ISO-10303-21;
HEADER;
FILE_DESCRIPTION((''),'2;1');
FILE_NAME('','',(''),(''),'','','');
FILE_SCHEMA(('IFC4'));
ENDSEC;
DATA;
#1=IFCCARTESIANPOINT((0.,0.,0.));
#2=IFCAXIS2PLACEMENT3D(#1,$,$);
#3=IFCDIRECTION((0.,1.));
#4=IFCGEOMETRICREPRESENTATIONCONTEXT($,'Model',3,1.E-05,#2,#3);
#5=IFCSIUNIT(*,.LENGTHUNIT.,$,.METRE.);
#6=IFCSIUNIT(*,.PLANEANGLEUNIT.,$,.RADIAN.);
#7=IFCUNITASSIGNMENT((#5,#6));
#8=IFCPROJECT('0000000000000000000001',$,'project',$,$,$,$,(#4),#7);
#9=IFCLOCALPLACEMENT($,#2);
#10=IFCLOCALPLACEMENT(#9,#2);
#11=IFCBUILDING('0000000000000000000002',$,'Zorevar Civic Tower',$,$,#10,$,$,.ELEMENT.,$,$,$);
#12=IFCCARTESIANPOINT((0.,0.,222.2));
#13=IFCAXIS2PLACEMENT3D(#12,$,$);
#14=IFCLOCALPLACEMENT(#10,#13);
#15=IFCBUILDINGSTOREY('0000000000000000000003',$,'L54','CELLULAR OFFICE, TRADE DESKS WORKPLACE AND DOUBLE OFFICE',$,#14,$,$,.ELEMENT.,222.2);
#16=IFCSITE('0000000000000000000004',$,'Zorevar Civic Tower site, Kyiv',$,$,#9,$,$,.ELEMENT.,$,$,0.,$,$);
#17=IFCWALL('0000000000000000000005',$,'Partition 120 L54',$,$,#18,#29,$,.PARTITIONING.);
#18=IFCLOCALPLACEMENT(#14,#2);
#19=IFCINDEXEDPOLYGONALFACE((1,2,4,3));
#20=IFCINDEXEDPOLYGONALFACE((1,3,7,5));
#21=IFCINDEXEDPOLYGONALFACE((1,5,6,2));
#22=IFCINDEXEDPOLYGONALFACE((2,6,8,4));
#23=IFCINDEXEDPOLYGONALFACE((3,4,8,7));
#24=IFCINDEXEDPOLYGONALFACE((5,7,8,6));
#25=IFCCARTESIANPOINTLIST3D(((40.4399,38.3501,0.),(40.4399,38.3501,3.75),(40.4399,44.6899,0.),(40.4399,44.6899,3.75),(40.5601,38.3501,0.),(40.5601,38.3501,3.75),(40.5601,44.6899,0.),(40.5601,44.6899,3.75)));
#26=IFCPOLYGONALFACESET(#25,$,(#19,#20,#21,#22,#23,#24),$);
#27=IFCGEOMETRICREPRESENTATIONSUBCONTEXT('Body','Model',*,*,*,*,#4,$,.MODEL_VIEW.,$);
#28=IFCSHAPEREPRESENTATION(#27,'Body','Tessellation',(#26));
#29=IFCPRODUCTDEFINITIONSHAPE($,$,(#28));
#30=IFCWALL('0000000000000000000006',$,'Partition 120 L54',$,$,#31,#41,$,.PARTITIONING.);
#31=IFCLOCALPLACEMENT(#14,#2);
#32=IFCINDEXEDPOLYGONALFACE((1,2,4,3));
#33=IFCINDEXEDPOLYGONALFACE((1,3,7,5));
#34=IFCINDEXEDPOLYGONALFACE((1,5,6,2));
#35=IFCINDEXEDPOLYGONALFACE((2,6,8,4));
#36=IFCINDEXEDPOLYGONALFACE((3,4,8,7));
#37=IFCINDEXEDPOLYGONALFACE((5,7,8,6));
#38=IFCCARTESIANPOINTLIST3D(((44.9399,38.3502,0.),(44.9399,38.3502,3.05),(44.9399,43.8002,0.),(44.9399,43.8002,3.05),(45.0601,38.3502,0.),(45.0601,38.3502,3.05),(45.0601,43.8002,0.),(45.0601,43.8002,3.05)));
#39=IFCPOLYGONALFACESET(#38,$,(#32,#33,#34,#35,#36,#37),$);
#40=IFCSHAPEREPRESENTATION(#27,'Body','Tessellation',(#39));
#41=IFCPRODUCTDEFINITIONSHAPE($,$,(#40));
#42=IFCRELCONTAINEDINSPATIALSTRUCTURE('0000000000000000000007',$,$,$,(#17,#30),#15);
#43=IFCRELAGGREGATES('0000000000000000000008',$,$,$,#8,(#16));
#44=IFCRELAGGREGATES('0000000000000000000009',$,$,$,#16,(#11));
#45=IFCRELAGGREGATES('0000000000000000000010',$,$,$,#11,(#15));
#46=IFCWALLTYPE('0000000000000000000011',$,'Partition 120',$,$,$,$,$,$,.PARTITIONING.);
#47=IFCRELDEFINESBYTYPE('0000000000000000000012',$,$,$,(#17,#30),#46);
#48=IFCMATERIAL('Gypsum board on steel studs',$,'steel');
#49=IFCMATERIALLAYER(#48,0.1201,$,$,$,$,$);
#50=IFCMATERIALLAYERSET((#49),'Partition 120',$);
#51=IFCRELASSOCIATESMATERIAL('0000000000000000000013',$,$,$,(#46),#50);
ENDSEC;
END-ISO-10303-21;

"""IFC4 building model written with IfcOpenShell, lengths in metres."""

from ifc_helpers import new_model, si_unit, direction, frame, frame_2d, origin, place, context, subcontext, project, spatial, rectangle, extrude, material, layer, layer_set, type_object, element, save


model = new_model("IFC4")

# Units and contexts
model_context = context("Model", 3, precision=1e-05, world=origin(), true_north=direction((0.0, 1.0)))
body_context = subcontext(model_context, "Body", "Model", "MODEL_VIEW")
ifc_project = project(units=[si_unit("LENGTHUNIT", "METRE"), si_unit("PLANEANGLEUNIT", "RADIAN")], contexts=[model_context])

# Site, building, storey
site_placement = place(None, origin())
site = spatial("IfcSite", under=ifc_project, at=site_placement, Name="Zorevar Civic Tower site, Kyiv", CompositionType="ELEMENT", RefElevation=0.0)
building_placement = place(site_placement, origin())
building = spatial("IfcBuilding", under=site, at=building_placement, Name="Zorevar Civic Tower", CompositionType="ELEMENT")
storey_placement = place(building_placement, frame((0.0, 0.0, 222.2)))
storey = spatial("IfcBuildingStorey", under=building, at=storey_placement, Name="L54", Description="CELLULAR OFFICE, TRADE DESKS WORKPLACE AND DOUBLE OFFICE", CompositionType="ELEMENT", Elevation=222.2)

# Shared definitions
ifc_material_1 = material(Name="Gypsum board on steel studs", Category="steel")
ifc_layer_1 = layer(ifc_material_1, 0.1201)
ifc_layer_set_1 = layer_set([ifc_layer_1], Name="Partition 120")
wall_type_1 = type_object("IfcWallType", Name="Partition 120", PredefinedType="PARTITIONING", material=ifc_layer_set_1)

# Walls
wall_1_placement = place(storey_placement, frame((40.5, 38.3501, 0.0), z_axis=(0.0, 0.0, 1.0), x_axis=(0.0, 1.0, 0.0)))
element("IfcWall", 1, at=wall_1_placement, inside=storey, type_object=wall_type_1, Name="Partition 120 L54", PredefinedType="PARTITIONING", context=body_context, shape_type="SweptSolid", body=[
    extrude(rectangle(XDim=6.3398, YDim=0.1201, at=frame_2d((3.1699, 0.0))), origin(), (0.0, 0.0, 1.0), 3.75),
])
wall_2_placement = place(storey_placement, frame((45.0, 38.3501, 0.0), z_axis=(0.0, 0.0, 1.0), x_axis=(0.0, 1.0, 0.0)))
element("IfcWall", 2, at=wall_2_placement, inside=storey, type_object=wall_type_1, Name="Partition 120 L54", PredefinedType="PARTITIONING", context=body_context, shape_type="SweptSolid", body=[
    extrude(rectangle(XDim=5.45, YDim=0.1201, at=frame_2d((2.7251, 0.0))), origin(), (0.0, 0.0, 1.0), 3.05),
])

save(model, "model.ifc")
